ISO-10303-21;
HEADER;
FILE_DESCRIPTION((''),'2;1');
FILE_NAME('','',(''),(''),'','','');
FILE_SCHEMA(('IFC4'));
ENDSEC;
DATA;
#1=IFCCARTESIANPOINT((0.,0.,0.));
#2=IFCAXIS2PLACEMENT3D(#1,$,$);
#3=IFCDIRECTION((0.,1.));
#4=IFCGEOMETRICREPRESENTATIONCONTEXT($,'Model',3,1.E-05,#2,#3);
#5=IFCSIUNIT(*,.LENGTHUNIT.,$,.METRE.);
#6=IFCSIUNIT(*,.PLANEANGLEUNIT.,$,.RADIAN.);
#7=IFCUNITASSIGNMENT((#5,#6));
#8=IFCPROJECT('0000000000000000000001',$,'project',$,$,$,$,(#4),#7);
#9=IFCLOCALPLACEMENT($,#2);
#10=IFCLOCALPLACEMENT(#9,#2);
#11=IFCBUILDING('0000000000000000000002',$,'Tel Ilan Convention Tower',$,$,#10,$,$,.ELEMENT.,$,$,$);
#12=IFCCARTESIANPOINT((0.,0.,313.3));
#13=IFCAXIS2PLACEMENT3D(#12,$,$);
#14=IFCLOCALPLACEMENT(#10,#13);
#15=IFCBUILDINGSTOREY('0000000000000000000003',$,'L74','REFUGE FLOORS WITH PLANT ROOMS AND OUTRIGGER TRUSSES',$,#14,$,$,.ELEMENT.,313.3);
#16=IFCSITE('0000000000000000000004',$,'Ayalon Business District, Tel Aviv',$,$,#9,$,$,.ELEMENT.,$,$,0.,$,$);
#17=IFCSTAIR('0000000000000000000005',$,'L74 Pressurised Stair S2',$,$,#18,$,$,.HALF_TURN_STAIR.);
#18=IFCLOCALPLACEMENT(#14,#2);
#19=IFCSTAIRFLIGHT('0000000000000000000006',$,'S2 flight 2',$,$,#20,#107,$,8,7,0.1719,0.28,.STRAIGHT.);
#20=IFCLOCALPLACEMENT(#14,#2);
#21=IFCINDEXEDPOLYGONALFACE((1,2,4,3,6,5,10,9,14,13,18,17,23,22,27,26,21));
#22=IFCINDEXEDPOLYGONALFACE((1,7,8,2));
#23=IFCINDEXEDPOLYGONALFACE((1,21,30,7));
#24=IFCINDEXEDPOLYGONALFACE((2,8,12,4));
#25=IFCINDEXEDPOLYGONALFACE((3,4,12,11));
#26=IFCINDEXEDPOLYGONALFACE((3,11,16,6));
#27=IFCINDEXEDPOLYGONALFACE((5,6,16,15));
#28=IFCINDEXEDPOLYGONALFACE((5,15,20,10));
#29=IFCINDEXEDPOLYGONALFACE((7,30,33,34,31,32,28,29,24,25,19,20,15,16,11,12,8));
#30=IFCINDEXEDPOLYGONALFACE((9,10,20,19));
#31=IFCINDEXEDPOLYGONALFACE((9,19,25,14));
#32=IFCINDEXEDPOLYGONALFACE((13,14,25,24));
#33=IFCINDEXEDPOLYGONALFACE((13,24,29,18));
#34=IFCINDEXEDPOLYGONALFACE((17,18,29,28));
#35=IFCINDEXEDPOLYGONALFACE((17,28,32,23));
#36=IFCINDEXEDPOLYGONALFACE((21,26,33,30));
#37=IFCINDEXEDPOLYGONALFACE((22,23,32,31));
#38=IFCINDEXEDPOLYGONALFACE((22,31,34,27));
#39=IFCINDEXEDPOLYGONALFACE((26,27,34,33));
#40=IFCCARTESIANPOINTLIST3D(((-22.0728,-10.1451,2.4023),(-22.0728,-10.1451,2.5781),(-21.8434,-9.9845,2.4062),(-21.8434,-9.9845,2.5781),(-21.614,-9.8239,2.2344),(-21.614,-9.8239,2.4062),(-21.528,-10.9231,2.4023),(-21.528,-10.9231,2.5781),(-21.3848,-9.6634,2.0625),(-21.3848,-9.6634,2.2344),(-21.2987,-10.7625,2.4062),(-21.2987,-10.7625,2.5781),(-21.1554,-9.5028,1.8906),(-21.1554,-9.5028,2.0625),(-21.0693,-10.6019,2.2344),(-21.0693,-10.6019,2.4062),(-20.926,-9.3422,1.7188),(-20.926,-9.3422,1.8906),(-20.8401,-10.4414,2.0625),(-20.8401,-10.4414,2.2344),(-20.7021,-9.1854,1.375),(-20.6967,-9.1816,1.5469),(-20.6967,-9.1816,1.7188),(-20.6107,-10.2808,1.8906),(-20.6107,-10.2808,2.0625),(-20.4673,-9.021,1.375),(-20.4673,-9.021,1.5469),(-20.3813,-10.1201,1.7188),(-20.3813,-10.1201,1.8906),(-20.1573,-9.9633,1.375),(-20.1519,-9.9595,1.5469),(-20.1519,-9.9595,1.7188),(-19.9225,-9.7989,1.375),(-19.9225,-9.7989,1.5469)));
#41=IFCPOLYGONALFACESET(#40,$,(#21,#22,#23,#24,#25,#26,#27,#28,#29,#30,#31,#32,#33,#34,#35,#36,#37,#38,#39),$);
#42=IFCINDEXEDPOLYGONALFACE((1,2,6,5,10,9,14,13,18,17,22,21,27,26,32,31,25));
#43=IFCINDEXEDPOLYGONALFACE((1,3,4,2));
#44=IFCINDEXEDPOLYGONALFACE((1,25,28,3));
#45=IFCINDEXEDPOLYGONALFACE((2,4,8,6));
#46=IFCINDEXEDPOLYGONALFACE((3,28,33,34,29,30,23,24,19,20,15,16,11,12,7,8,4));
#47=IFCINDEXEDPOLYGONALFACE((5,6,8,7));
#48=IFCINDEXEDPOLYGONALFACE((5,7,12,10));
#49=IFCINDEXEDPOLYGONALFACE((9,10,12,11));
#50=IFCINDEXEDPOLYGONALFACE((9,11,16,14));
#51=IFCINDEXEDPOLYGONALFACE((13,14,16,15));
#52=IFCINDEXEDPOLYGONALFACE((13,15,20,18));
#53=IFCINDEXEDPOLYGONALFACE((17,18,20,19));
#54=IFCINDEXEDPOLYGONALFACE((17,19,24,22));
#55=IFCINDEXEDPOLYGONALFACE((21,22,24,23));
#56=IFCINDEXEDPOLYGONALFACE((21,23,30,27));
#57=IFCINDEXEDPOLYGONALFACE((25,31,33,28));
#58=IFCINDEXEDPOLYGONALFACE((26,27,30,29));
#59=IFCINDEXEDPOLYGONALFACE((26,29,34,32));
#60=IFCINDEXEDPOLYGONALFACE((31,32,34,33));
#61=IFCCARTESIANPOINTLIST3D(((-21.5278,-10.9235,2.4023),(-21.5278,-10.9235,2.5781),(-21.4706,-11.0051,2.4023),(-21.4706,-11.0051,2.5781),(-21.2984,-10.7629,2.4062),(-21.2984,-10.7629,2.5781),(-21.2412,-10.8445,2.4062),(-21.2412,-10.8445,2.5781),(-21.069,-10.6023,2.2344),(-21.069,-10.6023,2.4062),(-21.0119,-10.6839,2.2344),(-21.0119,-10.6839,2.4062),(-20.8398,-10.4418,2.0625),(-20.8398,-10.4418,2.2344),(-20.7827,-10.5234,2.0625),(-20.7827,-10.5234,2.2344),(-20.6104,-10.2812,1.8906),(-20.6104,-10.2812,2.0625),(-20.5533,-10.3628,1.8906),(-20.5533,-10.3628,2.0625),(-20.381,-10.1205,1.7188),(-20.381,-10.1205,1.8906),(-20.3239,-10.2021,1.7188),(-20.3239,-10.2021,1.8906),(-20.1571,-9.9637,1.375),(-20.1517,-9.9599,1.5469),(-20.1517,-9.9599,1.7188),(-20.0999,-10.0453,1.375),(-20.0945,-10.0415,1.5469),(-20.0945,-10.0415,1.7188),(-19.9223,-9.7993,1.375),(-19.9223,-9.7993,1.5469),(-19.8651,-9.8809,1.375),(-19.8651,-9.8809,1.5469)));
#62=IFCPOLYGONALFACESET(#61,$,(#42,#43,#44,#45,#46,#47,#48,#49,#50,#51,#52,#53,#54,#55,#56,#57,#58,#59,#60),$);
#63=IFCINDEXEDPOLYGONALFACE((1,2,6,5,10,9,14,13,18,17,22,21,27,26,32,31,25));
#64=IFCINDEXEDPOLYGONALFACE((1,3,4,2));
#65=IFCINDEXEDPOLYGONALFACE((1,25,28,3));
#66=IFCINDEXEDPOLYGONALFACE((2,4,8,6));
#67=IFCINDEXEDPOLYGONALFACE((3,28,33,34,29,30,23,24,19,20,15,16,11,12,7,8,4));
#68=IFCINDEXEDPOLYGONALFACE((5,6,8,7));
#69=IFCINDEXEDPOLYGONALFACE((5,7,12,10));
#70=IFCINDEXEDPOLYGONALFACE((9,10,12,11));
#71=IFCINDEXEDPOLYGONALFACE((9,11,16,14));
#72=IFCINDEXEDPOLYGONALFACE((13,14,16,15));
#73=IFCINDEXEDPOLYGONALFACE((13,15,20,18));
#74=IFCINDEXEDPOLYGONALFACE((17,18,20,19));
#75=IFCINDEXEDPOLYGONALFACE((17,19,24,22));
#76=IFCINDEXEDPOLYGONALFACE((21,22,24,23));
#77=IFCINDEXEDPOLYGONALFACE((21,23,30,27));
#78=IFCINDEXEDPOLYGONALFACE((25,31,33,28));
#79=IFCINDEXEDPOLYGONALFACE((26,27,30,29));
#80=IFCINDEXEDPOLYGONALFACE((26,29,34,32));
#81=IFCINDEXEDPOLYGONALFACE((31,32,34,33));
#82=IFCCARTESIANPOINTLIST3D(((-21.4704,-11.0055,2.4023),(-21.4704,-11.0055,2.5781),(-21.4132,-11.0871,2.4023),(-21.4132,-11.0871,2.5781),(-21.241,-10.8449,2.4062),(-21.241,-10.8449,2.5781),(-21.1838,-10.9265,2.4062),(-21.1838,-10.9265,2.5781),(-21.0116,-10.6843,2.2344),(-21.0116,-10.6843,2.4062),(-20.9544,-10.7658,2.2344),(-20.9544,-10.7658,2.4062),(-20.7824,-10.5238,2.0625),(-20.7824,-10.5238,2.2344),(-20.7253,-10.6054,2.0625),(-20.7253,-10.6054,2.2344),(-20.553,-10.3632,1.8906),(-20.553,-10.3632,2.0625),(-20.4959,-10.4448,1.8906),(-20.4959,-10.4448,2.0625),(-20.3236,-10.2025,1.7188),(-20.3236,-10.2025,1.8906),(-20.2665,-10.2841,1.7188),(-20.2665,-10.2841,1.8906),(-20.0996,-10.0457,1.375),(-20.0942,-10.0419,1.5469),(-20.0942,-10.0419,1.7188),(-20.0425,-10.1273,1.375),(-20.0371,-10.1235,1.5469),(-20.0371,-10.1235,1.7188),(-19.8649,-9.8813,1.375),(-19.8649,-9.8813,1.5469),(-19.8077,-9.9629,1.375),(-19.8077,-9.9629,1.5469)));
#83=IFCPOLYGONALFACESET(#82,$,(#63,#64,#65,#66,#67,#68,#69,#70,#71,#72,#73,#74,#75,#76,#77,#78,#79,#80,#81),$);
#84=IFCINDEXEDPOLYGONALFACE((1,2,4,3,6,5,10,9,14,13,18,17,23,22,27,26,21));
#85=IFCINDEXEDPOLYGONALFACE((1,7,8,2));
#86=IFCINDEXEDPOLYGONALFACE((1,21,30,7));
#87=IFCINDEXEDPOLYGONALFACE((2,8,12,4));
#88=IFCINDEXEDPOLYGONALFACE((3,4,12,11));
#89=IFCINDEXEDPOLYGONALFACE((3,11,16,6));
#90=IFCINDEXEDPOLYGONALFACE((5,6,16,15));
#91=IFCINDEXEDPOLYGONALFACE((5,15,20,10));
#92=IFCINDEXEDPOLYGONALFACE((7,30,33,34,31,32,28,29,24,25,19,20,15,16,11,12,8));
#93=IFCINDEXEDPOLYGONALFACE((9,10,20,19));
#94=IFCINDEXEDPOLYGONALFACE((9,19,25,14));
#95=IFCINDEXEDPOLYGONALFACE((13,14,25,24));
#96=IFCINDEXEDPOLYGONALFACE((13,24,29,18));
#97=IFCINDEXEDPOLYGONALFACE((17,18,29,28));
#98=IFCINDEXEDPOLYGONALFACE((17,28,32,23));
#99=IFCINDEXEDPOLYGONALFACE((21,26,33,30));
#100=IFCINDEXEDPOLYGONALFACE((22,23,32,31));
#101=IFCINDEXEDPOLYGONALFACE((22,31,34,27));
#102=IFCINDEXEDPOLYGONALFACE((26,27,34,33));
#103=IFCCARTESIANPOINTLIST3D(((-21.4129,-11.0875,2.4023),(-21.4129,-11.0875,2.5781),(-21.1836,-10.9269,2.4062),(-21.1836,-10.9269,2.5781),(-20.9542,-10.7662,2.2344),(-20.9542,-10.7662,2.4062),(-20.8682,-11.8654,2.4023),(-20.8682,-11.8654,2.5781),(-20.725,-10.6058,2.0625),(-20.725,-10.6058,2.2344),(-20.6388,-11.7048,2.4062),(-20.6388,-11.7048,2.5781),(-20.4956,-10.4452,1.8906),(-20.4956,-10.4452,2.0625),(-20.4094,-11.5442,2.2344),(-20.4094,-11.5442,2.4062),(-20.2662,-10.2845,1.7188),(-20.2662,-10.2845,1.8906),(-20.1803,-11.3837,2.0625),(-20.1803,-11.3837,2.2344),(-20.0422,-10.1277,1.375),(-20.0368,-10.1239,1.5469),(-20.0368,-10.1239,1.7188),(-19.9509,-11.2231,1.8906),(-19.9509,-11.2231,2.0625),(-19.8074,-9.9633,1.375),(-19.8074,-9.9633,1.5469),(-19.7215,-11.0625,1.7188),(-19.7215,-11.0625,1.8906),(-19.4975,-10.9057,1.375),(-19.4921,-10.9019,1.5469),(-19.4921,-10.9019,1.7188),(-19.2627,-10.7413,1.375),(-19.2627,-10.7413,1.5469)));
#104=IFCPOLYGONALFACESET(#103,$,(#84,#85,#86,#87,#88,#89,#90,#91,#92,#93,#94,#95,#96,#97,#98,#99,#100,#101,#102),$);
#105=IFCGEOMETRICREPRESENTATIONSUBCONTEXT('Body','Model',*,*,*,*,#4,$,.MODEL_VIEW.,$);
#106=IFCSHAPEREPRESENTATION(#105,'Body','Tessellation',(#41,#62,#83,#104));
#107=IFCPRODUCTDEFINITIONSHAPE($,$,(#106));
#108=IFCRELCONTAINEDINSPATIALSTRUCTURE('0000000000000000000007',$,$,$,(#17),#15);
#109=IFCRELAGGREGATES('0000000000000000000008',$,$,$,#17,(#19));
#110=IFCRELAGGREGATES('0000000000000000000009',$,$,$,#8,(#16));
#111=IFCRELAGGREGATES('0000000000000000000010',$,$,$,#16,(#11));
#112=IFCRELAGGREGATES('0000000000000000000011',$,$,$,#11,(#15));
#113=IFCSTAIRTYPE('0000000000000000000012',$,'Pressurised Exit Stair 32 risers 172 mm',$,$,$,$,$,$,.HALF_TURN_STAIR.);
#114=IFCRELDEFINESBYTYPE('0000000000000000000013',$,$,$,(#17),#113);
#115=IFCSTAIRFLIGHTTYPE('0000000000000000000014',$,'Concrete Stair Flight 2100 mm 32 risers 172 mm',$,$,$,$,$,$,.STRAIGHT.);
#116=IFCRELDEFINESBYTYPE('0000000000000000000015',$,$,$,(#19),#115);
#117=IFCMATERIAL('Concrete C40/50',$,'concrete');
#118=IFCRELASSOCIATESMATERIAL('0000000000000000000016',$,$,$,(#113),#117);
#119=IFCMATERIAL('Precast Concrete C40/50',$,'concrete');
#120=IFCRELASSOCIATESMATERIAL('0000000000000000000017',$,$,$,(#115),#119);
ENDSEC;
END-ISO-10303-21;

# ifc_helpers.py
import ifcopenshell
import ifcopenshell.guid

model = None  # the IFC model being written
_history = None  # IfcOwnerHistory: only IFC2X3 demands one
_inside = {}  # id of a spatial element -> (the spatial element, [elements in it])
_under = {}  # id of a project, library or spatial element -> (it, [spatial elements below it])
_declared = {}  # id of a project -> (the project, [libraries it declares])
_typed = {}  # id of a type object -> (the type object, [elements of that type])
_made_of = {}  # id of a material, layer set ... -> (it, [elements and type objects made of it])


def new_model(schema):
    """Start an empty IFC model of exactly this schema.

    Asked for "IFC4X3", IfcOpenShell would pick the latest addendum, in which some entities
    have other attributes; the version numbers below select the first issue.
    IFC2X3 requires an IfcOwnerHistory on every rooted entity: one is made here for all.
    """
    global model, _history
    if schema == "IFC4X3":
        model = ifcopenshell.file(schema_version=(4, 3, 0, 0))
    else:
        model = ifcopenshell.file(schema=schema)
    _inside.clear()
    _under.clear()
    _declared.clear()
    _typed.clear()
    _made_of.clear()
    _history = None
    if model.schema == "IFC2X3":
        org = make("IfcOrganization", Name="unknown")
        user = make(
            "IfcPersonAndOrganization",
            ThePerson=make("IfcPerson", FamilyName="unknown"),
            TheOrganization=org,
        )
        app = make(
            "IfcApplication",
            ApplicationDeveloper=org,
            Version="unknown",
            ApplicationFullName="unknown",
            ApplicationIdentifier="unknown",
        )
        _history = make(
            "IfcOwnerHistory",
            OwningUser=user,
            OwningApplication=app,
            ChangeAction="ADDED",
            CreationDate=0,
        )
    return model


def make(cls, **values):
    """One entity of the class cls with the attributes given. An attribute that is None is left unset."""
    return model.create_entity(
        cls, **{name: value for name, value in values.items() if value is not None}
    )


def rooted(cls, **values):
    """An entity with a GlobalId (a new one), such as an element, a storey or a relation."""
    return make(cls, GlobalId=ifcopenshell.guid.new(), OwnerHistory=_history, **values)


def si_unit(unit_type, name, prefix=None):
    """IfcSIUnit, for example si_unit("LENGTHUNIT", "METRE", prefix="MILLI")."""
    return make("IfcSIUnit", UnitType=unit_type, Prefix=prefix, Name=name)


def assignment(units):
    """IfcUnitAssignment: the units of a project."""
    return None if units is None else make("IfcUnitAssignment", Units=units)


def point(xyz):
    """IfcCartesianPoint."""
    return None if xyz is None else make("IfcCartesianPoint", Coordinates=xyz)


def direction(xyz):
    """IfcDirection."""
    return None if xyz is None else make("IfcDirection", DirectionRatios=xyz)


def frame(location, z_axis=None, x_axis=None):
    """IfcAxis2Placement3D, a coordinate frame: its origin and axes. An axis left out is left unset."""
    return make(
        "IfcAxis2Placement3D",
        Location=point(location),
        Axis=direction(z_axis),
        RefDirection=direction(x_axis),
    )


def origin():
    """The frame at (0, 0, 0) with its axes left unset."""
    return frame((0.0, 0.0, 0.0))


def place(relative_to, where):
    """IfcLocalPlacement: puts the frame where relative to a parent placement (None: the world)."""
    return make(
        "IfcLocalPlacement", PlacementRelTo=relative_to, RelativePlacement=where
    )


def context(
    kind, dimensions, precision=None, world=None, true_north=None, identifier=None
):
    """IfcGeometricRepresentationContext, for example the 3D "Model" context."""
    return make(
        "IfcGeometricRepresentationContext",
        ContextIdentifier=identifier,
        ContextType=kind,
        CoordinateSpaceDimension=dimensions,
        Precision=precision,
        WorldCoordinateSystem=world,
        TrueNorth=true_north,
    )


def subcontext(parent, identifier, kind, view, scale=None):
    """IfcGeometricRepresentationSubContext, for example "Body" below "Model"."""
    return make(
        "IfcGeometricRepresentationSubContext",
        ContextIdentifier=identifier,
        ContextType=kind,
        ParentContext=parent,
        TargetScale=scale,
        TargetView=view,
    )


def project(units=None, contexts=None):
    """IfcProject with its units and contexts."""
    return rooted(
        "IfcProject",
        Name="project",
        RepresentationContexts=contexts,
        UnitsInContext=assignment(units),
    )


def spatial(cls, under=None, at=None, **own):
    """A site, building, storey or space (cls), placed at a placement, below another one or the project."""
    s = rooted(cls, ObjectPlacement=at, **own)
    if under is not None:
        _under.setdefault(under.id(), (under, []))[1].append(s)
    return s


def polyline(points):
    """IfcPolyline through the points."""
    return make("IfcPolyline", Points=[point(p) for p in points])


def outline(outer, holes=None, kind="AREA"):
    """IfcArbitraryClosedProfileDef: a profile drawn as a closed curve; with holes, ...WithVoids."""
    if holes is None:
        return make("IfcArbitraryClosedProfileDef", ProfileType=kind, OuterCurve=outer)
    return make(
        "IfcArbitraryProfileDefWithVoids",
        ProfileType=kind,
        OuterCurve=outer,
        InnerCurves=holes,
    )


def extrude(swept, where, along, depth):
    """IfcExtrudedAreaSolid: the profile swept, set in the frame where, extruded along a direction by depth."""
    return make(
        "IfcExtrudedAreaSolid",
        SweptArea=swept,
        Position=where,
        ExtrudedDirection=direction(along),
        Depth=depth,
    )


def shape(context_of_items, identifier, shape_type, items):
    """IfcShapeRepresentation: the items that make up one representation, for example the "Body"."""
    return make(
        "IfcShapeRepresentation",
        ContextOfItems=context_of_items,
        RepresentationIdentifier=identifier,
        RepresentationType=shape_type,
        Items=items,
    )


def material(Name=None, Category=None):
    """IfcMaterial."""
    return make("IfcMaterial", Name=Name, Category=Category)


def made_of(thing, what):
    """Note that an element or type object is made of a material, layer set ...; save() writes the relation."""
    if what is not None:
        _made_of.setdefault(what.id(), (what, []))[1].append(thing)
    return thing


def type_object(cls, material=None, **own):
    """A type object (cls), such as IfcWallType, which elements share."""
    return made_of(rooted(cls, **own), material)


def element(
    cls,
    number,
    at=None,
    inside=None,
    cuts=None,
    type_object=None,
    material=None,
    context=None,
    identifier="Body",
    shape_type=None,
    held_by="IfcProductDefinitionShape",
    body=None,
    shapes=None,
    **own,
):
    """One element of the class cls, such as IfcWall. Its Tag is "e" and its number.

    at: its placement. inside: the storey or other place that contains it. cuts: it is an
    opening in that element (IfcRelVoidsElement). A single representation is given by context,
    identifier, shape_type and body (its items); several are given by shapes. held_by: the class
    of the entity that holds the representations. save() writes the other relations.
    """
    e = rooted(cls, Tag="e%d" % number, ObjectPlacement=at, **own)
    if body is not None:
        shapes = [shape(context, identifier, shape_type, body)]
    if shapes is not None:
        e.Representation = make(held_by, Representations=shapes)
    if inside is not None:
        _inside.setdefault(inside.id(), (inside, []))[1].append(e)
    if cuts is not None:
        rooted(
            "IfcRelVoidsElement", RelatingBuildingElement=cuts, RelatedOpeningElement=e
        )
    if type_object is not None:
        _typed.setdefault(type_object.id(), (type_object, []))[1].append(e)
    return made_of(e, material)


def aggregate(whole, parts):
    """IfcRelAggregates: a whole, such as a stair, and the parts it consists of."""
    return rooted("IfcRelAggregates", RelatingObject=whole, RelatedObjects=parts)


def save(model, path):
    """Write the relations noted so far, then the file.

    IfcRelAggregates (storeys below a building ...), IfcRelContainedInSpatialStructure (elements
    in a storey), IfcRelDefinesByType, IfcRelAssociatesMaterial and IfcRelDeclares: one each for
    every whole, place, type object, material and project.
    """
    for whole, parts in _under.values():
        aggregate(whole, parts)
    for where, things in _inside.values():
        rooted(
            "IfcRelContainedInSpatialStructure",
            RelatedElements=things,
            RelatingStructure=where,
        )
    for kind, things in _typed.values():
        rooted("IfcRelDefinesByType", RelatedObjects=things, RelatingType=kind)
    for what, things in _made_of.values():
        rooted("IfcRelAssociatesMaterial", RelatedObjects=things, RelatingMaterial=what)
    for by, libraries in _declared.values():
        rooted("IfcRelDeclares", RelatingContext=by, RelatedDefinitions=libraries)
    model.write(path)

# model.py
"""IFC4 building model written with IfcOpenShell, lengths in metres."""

from ifc_helpers import new_model, si_unit, direction, frame, origin, place, context, subcontext, project, spatial, polyline, outline, extrude, material, type_object, element, aggregate, save


model = new_model("IFC4")

# Units and contexts
model_context = context("Model", 3, precision=1e-05, world=origin(), true_north=direction((0.0, 1.0)))
body_context = subcontext(model_context, "Body", "Model", "MODEL_VIEW")
ifc_project = project(units=[si_unit("LENGTHUNIT", "METRE"), si_unit("PLANEANGLEUNIT", "RADIAN")], contexts=[model_context])

# Site, building, storey
site_placement = place(None, origin())
site = spatial("IfcSite", under=ifc_project, at=site_placement, Name="Ayalon Business District, Tel Aviv", CompositionType="ELEMENT", RefElevation=0.0)
building_placement = place(site_placement, origin())
building = spatial("IfcBuilding", under=site, at=building_placement, Name="Tel Ilan Convention Tower", CompositionType="ELEMENT")
storey_placement = place(building_placement, frame((0.0, 0.0, 313.3)))
storey = spatial("IfcBuildingStorey", under=building, at=storey_placement, Name="L74", Description="REFUGE FLOORS WITH PLANT ROOMS AND OUTRIGGER TRUSSES", CompositionType="ELEMENT", Elevation=313.3)

# Stair, stair flight
ifc_material_1 = material(Name="Concrete C40/50", Category="concrete")
stair_type = type_object("IfcStairType", Name="Pressurised Exit Stair 32 risers 172 mm", PredefinedType="HALF_TURN_STAIR", material=ifc_material_1)
stair_placement = place(storey_placement, origin())
stair = element("IfcStair", 1, at=stair_placement, inside=storey, type_object=stair_type, Name="L74 Pressurised Stair S2", PredefinedType="HALF_TURN_STAIR")
ifc_material_2 = material(Name="Precast Concrete C40/50", Category="concrete")
stair_flight_type = type_object("IfcStairFlightType", Name="Concrete Stair Flight 2100 mm 32 risers 172 mm", PredefinedType="STRAIGHT", material=ifc_material_2)
stair_flight_1_placement = place(storey_placement, frame((-19.865, -9.8811, 1.375), z_axis=(0.0, 0.0, 1.0), x_axis=(-0.819152, -0.573576, 0.0)))
stair_flight_1 = element("IfcStairFlight", 2, at=stair_flight_1_placement, type_object=stair_flight_type, Name="S2 flight 2", NumberOfRisers=8, NumberOfTreads=7, PredefinedType="STRAIGHT", RiserHeight=0.1719, TreadLength=0.28, context=body_context, shape_type="SweptSolid", body=[
    extrude(outline(polyline([(0.0, 0.0), (0.0, 0.1719), (0.28, 0.1719), (0.28, 0.3438), (0.5601, 0.3438), (0.5601, 0.5156), (0.8401, 0.5156), (0.8401, 0.6875), (1.1201, 0.6875), (1.1201, 0.8594), (1.3999, 0.8594), (1.3999, 1.0312), (1.6799, 1.0312), (1.6799, 1.2031), (1.96, 1.2031), (1.96, 1.375), (1.96, 1.0273), (0.2866, 0.0), (0.0, 0.0)])), frame((0.0, -0.1003, 0.0), z_axis=(0.0, -1.0, 0.0), x_axis=(1.0, 0.0, 0.0)), (0.0, 0.0, 1.0), 0.9497),
    extrude(outline(polyline([(0.0, 0.0), (0.0, 0.1719), (0.28, 0.1719), (0.28, 0.3438), (0.5601, 0.3438), (0.5601, 0.5156), (0.8401, 0.5156), (0.8401, 0.6875), (1.1201, 0.6875), (1.1201, 0.8594), (1.3999, 0.8594), (1.3999, 1.0312), (1.6799, 1.0312), (1.6799, 1.2031), (1.96, 1.2031), (1.96, 1.375), (1.96, 1.0273), (0.2866, 0.0), (0.0, 0.0)])), frame((0.0, -0.0002, 0.0), z_axis=(0.0, -1.0, 0.0), x_axis=(1.0, 0.0, 0.0)), (0.0, 0.0, 1.0), 0.0996),
    extrude(outline(polyline([(0.0, 0.0), (0.0, 0.1719), (0.28, 0.1719), (0.28, 0.3438), (0.5601, 0.3438), (0.5601, 0.5156), (0.8401, 0.5156), (0.8401, 0.6875), (1.1201, 0.6875), (1.1201, 0.8594), (1.3999, 0.8594), (1.3999, 1.0312), (1.6799, 1.0312), (1.6799, 1.2031), (1.96, 1.2031), (1.96, 1.375), (1.96, 1.0273), (0.2866, 0.0), (0.0, 0.0)])), frame((0.0, 0.0999, 0.0), z_axis=(0.0, -1.0, 0.0), x_axis=(1.0, 0.0, 0.0)), (0.0, 0.0, 1.0), 0.0996),
    extrude(outline(polyline([(0.0, 0.0), (0.0, 0.1719), (0.28, 0.1719), (0.28, 0.3438), (0.5601, 0.3438), (0.5601, 0.5156), (0.8401, 0.5156), (0.8401, 0.6875), (1.1201, 0.6875), (1.1201, 0.8594), (1.3999, 0.8594), (1.3999, 1.0312), (1.6799, 1.0312), (1.6799, 1.2031), (1.96, 1.2031), (1.96, 1.375), (1.96, 1.0273), (0.2866, 0.0), (0.0, 0.0)])), frame((0.0, 1.05, 0.0), z_axis=(0.0, -1.0, 0.0), x_axis=(1.0, 0.0, 0.0)), (0.0, 0.0, 1.0), 0.9497),
])
aggregate(stair, [stair_flight_1])

save(model, "model.ifc")
